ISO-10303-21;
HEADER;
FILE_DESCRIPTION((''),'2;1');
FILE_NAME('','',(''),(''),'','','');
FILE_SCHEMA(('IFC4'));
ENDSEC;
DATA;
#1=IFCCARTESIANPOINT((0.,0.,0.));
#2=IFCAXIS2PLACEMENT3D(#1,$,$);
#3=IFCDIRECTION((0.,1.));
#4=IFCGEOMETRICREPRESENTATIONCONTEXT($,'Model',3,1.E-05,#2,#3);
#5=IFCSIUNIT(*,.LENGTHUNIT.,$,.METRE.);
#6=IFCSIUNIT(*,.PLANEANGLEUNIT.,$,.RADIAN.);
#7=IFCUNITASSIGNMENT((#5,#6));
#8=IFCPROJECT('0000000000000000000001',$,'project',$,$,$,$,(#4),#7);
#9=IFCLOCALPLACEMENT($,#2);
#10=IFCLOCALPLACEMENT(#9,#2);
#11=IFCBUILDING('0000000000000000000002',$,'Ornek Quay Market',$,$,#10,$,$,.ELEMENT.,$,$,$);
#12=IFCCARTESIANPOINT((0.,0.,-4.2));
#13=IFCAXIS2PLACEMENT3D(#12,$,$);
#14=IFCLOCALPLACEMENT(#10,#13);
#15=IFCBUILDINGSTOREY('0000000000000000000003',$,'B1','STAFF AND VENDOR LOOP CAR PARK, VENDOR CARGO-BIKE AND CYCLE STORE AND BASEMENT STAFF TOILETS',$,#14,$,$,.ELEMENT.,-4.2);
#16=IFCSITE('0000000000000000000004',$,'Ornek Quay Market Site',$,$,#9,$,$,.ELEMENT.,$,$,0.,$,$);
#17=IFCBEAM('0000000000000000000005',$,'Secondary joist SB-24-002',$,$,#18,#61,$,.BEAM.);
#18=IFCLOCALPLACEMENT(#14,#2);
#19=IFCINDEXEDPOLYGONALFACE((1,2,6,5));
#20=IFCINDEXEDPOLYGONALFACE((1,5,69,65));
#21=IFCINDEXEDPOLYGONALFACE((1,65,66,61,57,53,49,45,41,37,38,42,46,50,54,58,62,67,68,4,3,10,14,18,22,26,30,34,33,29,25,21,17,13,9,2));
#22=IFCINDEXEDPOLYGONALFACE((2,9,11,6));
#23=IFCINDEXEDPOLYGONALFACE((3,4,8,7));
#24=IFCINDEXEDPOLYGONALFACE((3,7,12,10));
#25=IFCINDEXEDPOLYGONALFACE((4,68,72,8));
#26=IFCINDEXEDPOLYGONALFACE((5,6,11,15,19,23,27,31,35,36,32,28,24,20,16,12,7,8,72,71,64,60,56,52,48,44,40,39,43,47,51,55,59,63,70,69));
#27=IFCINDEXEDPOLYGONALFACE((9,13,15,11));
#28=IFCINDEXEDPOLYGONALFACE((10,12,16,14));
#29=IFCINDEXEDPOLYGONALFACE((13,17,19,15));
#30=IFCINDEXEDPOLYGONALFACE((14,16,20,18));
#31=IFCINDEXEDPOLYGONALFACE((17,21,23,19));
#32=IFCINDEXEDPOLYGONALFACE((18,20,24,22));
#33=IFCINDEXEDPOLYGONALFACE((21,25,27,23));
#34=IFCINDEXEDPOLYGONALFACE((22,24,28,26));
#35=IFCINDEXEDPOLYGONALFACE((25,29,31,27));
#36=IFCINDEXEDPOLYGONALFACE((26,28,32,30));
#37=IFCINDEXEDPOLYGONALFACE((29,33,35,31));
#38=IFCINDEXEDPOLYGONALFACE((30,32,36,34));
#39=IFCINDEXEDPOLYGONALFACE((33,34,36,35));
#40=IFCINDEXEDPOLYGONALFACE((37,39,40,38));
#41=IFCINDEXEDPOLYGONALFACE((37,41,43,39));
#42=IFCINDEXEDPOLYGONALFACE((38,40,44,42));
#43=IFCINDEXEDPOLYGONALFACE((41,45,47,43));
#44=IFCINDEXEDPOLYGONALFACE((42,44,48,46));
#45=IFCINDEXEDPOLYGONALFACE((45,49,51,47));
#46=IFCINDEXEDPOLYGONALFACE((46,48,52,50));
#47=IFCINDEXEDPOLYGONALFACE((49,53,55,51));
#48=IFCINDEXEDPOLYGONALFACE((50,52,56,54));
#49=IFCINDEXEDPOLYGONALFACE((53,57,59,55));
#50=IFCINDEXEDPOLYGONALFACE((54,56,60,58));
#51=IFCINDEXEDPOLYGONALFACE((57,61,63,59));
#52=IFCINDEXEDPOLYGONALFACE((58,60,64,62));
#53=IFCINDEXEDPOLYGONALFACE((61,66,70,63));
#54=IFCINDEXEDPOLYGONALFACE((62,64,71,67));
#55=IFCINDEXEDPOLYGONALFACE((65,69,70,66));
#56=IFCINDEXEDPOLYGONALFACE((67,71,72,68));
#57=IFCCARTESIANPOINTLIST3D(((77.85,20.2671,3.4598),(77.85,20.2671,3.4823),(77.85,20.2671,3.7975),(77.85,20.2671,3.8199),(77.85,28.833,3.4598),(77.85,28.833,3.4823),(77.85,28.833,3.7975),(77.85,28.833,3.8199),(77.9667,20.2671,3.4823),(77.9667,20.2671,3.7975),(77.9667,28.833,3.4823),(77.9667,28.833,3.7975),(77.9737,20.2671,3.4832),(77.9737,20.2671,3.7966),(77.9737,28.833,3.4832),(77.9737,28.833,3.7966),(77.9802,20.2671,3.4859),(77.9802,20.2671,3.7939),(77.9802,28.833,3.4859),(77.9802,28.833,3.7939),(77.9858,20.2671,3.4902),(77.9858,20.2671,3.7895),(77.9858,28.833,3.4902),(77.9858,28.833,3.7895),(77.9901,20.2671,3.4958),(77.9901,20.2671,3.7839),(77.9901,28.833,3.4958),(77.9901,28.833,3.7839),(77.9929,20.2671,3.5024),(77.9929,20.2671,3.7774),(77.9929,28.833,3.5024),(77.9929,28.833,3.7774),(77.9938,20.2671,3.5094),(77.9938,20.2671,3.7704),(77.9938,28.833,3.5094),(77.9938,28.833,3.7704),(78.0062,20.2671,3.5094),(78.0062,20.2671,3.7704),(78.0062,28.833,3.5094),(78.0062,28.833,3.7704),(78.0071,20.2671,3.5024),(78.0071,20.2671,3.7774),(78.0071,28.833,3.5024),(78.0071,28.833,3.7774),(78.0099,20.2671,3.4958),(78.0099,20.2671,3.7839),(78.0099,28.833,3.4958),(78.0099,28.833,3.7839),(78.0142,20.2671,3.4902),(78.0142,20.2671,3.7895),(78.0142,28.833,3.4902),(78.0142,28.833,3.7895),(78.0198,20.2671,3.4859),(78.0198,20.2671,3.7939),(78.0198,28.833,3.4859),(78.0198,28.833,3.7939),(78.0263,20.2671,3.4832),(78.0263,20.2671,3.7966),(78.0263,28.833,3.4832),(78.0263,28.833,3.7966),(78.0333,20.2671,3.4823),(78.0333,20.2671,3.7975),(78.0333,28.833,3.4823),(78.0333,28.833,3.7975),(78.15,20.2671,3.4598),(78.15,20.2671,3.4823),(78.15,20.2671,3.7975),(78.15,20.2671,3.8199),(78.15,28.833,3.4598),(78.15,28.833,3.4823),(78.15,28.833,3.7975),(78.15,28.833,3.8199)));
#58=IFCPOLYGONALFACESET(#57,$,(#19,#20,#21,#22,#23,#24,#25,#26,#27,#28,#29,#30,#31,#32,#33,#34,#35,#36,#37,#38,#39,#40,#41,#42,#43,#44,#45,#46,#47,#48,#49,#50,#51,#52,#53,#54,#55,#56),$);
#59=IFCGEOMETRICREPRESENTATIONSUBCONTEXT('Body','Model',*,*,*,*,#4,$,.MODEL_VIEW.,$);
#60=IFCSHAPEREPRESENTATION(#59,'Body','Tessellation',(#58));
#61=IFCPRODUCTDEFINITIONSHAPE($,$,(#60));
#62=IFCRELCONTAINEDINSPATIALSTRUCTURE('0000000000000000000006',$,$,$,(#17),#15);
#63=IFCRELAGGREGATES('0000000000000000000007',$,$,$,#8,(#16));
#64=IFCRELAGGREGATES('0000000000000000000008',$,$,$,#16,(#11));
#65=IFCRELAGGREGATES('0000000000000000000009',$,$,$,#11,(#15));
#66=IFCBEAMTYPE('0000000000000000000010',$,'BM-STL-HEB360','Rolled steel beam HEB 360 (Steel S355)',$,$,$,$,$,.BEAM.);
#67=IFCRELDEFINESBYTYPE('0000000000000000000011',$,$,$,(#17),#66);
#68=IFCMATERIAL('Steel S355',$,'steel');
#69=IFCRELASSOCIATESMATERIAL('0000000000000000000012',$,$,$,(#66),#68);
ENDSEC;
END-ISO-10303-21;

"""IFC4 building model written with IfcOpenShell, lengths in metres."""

from ifc_helpers import new_model, si_unit, direction, frame, origin, origin_2d, place, context, subcontext, project, spatial, i_section, extrude, material, material_profile, profile_set, type_object, element, save


model = new_model("IFC4")

# Units and contexts
model_context = context("Model", 3, precision=1e-05, world=origin(), true_north=direction((0.0, 1.0)))
body_context = subcontext(model_context, "Body", "Model", "MODEL_VIEW")
ifc_project = project(units=[si_unit("LENGTHUNIT", "METRE"), si_unit("PLANEANGLEUNIT", "RADIAN")], contexts=[model_context])

# Site, building, storey
site_placement = place(None, origin())
site = spatial("IfcSite", under=ifc_project, at=site_placement, Name="Ornek Quay Market Site", CompositionType="ELEMENT", RefElevation=0.0)
building_placement = place(site_placement, origin())
building = spatial("IfcBuilding", under=site, at=building_placement, Name="Ornek Quay Market", CompositionType="ELEMENT")
storey_placement = place(building_placement, frame((0.0, 0.0, -4.2)))
storey = spatial("IfcBuildingStorey", under=building, at=storey_placement, Name="B1", Description="STAFF AND VENDOR LOOP CAR PARK, VENDOR CARGO-BIKE AND CYCLE STORE AND BASEMENT STAFF TOILETS", CompositionType="ELEMENT", Elevation=-4.2)

# Beam
ifc_material_1 = material(Name="Steel S355", Category="steel")
ifc_material_profile_1 = material_profile(ifc_material_1, i_section(OverallWidth=0.3, OverallDepth=0.3601, WebThickness=0.0125, FlangeThickness=0.0225, FilletRadius=0.0271, at=origin_2d()), Name="HEB 360", Category="steel")
ifc_profile_set_1 = profile_set([ifc_material_profile_1], Name="Steel S355")
beam_type_1 = type_object("IfcBeamType", Name="BM-STL-HEB360", Description="Rolled steel beam HEB 360 (Steel S355)", PredefinedType="BEAM", material=ifc_profile_set_1)
for number, where, z_axis, x_axis, name in (
    (1, (78.0, 20.2671, 3.6399), (0.0, 1.0, 0.0), (-1.0, 0.0, 0.0), "Secondary joist SB-24-002"),
):
    element("IfcBeam", number, at=place(storey_placement, frame(where, z_axis=z_axis, x_axis=x_axis)), inside=storey, type_object=beam_type_1, Name=name, PredefinedType="BEAM", context=body_context, shape_type="SweptSolid", body=[
        extrude(i_section(OverallWidth=0.3, OverallDepth=0.3601, WebThickness=0.0125, FlangeThickness=0.0225, FilletRadius=0.0271, at=origin_2d()), origin(), (0.0, 0.0, 1.0), 8.5659),
    ])

save(model, "model.ifc")
